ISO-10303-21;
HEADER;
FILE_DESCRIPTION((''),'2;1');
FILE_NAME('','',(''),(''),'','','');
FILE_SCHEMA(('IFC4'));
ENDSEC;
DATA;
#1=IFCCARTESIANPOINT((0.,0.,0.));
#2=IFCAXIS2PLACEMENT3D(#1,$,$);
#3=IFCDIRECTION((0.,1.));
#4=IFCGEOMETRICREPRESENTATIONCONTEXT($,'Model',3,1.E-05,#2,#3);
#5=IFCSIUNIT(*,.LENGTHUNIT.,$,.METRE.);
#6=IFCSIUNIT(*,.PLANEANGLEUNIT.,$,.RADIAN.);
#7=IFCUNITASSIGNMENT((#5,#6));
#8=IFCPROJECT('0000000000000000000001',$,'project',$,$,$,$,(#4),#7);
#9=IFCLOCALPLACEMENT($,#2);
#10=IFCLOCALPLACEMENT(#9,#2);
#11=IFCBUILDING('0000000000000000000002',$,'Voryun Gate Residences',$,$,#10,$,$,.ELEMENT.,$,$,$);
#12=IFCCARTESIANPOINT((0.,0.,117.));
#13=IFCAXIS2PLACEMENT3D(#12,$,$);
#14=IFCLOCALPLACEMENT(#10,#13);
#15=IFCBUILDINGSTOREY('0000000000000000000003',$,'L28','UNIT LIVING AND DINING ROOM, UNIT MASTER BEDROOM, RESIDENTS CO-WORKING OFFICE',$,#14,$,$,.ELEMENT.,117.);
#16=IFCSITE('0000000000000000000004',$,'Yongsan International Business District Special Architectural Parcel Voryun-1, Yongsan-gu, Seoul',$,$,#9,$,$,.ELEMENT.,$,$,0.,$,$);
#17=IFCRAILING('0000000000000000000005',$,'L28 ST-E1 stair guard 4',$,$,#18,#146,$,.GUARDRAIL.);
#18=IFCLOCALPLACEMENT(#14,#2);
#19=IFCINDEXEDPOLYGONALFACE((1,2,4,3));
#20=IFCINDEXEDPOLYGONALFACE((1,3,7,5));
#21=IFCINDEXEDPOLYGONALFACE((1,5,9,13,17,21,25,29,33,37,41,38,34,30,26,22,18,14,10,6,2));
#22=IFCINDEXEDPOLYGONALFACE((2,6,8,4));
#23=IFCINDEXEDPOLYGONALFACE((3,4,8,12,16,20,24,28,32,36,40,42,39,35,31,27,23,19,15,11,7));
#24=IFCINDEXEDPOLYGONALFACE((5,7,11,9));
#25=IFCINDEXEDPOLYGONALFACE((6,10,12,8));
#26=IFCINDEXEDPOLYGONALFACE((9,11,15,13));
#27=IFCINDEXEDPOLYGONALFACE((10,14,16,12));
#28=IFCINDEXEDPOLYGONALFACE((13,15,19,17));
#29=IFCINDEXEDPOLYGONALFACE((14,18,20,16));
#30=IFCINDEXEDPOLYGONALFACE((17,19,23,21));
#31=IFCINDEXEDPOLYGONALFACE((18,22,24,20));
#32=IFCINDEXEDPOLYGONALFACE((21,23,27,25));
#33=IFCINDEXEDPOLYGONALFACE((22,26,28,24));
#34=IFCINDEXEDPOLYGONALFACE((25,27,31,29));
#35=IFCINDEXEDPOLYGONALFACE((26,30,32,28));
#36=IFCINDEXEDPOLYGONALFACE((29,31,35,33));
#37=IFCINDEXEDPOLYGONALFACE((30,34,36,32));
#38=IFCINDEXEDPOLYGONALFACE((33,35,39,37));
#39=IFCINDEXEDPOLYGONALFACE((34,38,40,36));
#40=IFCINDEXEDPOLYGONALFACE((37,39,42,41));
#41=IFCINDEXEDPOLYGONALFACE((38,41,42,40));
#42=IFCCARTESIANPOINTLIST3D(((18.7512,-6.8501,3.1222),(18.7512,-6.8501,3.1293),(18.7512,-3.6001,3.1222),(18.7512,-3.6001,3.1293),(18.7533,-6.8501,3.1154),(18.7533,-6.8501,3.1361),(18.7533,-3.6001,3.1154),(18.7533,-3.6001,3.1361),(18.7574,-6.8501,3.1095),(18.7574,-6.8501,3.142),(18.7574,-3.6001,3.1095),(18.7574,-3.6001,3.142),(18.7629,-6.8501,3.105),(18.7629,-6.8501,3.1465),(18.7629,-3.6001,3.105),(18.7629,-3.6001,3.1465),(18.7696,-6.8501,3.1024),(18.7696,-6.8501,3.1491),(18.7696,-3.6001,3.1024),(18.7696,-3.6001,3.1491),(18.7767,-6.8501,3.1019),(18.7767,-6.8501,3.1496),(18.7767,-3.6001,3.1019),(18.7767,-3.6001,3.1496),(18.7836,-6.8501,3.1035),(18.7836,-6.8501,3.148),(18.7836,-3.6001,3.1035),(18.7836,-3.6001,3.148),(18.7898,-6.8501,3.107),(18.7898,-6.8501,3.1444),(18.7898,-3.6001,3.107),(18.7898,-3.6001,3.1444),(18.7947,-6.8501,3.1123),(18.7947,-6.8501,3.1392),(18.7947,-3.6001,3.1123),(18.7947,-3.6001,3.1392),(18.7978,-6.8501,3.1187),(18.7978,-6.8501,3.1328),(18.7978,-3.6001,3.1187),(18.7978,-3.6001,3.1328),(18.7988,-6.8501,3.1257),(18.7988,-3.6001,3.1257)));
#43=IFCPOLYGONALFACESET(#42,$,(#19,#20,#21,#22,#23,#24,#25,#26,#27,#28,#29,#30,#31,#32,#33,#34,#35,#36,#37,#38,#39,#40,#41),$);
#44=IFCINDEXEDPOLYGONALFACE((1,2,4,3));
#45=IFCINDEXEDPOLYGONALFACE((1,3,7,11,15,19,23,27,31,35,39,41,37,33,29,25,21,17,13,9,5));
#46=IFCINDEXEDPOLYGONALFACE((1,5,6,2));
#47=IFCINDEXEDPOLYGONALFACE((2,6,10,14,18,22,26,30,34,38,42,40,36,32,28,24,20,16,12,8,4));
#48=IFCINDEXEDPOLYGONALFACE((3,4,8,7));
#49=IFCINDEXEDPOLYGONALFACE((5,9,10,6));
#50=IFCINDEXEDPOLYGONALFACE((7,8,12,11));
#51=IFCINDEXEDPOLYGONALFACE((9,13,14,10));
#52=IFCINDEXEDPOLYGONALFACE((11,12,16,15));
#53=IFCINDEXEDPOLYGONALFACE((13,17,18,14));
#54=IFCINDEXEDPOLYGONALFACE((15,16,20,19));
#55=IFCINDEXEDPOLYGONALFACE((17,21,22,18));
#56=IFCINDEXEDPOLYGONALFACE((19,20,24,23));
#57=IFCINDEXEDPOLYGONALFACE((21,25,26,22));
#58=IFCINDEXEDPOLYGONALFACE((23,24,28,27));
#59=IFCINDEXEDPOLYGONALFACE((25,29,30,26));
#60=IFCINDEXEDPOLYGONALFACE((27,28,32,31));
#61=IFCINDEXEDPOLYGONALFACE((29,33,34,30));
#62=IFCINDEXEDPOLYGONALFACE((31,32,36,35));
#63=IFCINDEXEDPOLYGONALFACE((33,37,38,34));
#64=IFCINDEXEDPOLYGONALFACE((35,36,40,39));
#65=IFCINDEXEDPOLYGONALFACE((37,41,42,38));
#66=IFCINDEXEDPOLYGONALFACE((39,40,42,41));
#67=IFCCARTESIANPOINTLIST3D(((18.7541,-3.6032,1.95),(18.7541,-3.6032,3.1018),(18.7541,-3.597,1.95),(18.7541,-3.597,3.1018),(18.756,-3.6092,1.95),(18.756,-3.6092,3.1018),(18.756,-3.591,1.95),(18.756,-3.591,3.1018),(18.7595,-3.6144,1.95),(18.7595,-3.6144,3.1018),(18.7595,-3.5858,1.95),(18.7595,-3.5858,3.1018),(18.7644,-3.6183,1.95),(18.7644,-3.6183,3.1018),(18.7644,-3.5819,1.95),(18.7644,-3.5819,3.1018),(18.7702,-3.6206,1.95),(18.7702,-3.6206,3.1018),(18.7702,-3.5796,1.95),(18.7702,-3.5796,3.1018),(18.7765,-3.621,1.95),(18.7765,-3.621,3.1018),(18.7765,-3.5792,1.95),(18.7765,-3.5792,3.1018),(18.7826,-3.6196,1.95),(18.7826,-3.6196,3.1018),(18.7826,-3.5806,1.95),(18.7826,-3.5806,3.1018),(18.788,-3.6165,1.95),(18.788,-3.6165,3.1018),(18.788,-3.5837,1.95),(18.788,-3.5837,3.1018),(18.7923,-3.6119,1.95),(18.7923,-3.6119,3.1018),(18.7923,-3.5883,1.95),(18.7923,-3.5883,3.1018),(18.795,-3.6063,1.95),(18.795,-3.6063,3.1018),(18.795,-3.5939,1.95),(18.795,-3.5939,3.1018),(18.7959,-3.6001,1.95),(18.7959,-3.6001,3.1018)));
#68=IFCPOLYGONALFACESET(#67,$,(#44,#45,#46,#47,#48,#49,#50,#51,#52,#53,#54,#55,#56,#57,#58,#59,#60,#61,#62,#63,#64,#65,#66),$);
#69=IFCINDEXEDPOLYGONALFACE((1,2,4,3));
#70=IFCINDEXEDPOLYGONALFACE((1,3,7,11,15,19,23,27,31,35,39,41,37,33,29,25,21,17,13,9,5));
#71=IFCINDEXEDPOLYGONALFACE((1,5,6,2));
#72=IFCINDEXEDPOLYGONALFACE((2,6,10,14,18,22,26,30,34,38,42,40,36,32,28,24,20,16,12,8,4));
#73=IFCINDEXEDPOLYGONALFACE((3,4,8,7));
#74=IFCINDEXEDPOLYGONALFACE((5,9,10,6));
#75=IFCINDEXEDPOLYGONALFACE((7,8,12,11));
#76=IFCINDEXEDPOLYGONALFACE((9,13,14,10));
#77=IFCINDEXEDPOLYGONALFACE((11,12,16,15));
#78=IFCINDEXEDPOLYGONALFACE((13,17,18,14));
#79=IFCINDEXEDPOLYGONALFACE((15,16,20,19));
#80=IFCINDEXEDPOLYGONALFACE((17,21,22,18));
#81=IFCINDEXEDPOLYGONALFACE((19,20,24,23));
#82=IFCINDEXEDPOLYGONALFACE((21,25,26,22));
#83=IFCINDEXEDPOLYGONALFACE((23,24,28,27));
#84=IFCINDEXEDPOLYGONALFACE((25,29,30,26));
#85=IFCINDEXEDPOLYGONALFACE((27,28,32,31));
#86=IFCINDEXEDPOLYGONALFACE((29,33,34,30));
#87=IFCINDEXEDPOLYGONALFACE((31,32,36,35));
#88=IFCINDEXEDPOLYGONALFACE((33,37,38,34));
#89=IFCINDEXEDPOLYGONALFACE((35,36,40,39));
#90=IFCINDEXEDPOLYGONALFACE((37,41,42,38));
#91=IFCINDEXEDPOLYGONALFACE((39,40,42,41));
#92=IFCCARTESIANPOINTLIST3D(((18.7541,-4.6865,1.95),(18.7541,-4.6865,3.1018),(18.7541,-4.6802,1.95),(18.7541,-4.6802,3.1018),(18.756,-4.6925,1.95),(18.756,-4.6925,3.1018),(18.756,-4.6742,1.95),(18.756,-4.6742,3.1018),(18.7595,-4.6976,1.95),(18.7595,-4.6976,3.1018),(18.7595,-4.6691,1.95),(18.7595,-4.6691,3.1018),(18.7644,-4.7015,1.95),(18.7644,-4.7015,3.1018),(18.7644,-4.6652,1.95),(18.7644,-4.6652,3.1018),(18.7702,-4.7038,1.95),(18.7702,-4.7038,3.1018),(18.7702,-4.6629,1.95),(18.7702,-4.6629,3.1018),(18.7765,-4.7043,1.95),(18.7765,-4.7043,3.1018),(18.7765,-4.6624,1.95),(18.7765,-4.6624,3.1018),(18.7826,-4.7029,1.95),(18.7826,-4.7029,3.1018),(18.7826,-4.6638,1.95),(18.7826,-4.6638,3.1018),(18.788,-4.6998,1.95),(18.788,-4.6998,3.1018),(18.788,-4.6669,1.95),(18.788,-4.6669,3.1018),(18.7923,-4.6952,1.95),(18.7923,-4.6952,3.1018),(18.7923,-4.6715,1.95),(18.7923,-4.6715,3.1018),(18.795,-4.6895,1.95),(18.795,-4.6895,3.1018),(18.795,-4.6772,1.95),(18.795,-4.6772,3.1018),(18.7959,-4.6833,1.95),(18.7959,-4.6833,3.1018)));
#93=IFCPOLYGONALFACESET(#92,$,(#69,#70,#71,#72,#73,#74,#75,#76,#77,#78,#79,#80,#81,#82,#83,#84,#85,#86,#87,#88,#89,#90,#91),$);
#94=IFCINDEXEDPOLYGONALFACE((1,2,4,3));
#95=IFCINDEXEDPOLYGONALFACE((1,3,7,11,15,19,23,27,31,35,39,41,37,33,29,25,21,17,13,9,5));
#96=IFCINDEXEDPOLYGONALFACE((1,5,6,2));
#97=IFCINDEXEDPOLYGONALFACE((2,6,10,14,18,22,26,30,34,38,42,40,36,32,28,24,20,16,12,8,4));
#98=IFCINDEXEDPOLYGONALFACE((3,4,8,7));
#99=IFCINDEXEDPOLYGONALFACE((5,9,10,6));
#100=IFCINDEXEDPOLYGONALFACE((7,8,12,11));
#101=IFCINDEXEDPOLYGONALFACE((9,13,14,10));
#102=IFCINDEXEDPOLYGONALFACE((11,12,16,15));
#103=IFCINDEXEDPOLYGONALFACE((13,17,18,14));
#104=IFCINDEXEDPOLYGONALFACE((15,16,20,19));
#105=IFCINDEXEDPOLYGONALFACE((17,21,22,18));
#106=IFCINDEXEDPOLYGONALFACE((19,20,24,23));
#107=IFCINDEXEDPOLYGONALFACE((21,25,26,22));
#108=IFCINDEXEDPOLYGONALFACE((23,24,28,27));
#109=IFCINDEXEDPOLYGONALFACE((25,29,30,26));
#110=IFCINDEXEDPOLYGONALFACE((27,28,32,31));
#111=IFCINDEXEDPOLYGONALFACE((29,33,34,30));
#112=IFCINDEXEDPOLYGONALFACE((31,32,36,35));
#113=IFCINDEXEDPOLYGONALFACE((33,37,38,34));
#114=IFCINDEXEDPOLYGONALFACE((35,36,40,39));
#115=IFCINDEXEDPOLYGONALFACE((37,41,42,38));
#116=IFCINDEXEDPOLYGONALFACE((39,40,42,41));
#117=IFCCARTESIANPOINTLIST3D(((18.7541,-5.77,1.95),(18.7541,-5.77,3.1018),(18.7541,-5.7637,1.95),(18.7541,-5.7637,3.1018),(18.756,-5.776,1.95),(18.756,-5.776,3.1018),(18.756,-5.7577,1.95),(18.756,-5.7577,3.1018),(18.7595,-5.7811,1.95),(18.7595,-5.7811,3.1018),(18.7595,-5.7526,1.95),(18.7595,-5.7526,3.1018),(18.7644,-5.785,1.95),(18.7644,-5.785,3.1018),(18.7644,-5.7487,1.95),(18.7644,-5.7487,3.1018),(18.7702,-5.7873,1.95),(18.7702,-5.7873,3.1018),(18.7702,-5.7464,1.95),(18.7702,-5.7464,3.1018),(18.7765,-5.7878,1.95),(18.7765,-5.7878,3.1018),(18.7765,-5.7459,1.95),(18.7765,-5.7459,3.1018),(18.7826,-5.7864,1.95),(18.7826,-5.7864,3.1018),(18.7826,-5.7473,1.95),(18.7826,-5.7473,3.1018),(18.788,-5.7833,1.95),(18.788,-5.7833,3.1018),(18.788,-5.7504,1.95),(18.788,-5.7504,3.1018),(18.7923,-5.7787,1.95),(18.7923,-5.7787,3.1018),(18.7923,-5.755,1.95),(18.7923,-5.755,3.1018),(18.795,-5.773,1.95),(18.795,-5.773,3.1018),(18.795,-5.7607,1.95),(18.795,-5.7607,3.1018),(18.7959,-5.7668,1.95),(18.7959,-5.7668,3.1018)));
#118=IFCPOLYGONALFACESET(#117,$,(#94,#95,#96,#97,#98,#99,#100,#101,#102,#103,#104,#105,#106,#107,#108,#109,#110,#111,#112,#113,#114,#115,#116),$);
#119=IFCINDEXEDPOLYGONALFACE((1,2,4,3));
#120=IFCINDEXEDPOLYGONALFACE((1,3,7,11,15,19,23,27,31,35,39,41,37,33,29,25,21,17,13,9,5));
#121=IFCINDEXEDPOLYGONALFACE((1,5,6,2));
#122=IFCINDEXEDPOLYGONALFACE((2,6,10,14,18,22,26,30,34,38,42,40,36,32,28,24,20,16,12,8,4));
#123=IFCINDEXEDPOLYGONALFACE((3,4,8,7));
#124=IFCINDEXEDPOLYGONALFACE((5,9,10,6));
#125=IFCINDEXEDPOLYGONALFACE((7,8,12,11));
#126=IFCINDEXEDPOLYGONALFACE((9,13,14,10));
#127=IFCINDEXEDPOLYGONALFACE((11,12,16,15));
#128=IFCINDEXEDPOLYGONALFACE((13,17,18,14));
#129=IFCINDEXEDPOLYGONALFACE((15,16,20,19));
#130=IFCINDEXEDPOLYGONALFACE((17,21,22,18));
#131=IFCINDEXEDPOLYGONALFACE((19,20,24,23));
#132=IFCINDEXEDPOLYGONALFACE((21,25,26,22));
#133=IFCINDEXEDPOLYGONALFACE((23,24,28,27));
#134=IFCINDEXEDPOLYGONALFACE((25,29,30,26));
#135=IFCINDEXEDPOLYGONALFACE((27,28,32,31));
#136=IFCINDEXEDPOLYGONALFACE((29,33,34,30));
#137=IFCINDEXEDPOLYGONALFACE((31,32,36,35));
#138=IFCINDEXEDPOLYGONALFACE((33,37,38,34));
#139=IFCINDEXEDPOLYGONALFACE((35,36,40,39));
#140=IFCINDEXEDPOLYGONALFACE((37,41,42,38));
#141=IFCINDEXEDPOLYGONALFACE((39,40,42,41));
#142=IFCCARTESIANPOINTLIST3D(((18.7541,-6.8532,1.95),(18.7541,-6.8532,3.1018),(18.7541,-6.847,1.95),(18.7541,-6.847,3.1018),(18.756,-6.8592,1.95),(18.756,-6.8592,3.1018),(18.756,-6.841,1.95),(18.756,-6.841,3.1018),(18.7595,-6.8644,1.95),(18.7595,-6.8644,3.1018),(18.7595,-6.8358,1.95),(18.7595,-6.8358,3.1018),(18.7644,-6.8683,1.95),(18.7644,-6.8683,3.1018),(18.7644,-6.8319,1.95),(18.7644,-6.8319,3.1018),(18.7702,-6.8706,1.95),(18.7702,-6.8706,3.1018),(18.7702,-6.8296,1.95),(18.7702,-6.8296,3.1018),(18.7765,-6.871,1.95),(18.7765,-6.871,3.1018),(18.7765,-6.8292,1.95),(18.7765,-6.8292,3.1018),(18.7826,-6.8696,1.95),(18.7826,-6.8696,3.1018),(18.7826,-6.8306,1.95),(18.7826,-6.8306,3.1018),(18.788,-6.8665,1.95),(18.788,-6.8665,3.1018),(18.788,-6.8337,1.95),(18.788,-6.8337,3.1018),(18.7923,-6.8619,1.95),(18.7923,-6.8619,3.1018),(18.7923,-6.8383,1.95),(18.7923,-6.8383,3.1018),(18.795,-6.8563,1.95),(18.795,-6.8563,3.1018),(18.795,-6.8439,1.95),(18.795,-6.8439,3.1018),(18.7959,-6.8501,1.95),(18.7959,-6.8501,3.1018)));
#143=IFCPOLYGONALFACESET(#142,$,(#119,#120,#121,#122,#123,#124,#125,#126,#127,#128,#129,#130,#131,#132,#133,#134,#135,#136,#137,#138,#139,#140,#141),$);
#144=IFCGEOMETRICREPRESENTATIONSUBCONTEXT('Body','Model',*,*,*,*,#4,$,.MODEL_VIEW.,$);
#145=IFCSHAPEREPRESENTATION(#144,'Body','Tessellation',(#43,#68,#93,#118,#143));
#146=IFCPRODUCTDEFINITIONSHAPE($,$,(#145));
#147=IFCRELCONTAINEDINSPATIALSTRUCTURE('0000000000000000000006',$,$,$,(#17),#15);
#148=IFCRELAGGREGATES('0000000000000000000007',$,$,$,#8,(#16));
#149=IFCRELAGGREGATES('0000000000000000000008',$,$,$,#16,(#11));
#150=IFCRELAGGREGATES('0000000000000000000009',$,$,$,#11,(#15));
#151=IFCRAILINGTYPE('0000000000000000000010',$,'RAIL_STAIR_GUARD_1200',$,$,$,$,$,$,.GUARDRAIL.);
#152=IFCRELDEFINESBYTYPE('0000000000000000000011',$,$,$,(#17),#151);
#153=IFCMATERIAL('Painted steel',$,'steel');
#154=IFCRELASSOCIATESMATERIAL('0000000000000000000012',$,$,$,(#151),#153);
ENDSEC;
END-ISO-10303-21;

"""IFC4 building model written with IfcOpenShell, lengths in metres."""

from ifc_helpers import new_model, si_unit, direction, frame, origin, origin_2d, place, context, subcontext, project, spatial, circle, extrude, material, type_object, element, save


model = new_model("IFC4")

# Units and contexts
model_context = context("Model", 3, precision=1e-05, world=origin(), true_north=direction((0.0, 1.0)))
body_context = subcontext(model_context, "Body", "Model", "MODEL_VIEW")
ifc_project = project(units=[si_unit("LENGTHUNIT", "METRE"), si_unit("PLANEANGLEUNIT", "RADIAN")], contexts=[model_context])

# Site, building, storey
site_placement = place(None, origin())
site = spatial("IfcSite", under=ifc_project, at=site_placement, Name="Yongsan International Business District Special Architectural Parcel Voryun-1, Yongsan-gu, Seoul", CompositionType="ELEMENT", RefElevation=0.0)
building_placement = place(site_placement, origin())
building = spatial("IfcBuilding", under=site, at=building_placement, Name="Voryun Gate Residences", CompositionType="ELEMENT")
storey_placement = place(building_placement, frame((0.0, 0.0, 117.0)))
storey = spatial("IfcBuildingStorey", under=building, at=storey_placement, Name="L28", Description="UNIT LIVING AND DINING ROOM, UNIT MASTER BEDROOM, RESIDENTS CO-WORKING OFFICE", CompositionType="ELEMENT", Elevation=117.0)

# Railing
ifc_material_1 = material(Name="Painted steel", Category="steel")
railing_type_1 = type_object("IfcRailingType", Name="RAIL_STAIR_GUARD_1200", PredefinedType="GUARDRAIL", material=ifc_material_1)
for number, where, name in (
    (1, (18.7749, -3.6001, 1.95), "L28 ST-E1 stair guard 4"),
):
    element("IfcRailing", number, at=place(storey_placement, frame(where)), inside=storey, type_object=railing_type_1, Name=name, PredefinedType="GUARDRAIL", context=body_context, shape_type="SweptSolid", body=[
        extrude(circle(Radius=0.0239, at=origin_2d()), frame((0.0, 0.0, 1.1758), z_axis=(0.0, -1.0, 0.0), x_axis=(1.0, 0.0, 0.0)), (0.0, 0.0, 1.0), 3.25),
        extrude(circle(Radius=0.021, at=origin_2d()), origin(), (0.0, 0.0, 1.0), 1.1519),
        extrude(circle(Radius=0.021, at=origin_2d()), frame((0.0, -1.0833, 0.0)), (0.0, 0.0, 1.0), 1.1519),
        extrude(circle(Radius=0.021, at=origin_2d()), frame((0.0, -2.1667, 0.0)), (0.0, 0.0, 1.0), 1.1519),
        extrude(circle(Radius=0.021, at=origin_2d()), frame((0.0, -3.25, 0.0)), (0.0, 0.0, 1.0), 1.1519),
    ])

save(model, "model.ifc")
